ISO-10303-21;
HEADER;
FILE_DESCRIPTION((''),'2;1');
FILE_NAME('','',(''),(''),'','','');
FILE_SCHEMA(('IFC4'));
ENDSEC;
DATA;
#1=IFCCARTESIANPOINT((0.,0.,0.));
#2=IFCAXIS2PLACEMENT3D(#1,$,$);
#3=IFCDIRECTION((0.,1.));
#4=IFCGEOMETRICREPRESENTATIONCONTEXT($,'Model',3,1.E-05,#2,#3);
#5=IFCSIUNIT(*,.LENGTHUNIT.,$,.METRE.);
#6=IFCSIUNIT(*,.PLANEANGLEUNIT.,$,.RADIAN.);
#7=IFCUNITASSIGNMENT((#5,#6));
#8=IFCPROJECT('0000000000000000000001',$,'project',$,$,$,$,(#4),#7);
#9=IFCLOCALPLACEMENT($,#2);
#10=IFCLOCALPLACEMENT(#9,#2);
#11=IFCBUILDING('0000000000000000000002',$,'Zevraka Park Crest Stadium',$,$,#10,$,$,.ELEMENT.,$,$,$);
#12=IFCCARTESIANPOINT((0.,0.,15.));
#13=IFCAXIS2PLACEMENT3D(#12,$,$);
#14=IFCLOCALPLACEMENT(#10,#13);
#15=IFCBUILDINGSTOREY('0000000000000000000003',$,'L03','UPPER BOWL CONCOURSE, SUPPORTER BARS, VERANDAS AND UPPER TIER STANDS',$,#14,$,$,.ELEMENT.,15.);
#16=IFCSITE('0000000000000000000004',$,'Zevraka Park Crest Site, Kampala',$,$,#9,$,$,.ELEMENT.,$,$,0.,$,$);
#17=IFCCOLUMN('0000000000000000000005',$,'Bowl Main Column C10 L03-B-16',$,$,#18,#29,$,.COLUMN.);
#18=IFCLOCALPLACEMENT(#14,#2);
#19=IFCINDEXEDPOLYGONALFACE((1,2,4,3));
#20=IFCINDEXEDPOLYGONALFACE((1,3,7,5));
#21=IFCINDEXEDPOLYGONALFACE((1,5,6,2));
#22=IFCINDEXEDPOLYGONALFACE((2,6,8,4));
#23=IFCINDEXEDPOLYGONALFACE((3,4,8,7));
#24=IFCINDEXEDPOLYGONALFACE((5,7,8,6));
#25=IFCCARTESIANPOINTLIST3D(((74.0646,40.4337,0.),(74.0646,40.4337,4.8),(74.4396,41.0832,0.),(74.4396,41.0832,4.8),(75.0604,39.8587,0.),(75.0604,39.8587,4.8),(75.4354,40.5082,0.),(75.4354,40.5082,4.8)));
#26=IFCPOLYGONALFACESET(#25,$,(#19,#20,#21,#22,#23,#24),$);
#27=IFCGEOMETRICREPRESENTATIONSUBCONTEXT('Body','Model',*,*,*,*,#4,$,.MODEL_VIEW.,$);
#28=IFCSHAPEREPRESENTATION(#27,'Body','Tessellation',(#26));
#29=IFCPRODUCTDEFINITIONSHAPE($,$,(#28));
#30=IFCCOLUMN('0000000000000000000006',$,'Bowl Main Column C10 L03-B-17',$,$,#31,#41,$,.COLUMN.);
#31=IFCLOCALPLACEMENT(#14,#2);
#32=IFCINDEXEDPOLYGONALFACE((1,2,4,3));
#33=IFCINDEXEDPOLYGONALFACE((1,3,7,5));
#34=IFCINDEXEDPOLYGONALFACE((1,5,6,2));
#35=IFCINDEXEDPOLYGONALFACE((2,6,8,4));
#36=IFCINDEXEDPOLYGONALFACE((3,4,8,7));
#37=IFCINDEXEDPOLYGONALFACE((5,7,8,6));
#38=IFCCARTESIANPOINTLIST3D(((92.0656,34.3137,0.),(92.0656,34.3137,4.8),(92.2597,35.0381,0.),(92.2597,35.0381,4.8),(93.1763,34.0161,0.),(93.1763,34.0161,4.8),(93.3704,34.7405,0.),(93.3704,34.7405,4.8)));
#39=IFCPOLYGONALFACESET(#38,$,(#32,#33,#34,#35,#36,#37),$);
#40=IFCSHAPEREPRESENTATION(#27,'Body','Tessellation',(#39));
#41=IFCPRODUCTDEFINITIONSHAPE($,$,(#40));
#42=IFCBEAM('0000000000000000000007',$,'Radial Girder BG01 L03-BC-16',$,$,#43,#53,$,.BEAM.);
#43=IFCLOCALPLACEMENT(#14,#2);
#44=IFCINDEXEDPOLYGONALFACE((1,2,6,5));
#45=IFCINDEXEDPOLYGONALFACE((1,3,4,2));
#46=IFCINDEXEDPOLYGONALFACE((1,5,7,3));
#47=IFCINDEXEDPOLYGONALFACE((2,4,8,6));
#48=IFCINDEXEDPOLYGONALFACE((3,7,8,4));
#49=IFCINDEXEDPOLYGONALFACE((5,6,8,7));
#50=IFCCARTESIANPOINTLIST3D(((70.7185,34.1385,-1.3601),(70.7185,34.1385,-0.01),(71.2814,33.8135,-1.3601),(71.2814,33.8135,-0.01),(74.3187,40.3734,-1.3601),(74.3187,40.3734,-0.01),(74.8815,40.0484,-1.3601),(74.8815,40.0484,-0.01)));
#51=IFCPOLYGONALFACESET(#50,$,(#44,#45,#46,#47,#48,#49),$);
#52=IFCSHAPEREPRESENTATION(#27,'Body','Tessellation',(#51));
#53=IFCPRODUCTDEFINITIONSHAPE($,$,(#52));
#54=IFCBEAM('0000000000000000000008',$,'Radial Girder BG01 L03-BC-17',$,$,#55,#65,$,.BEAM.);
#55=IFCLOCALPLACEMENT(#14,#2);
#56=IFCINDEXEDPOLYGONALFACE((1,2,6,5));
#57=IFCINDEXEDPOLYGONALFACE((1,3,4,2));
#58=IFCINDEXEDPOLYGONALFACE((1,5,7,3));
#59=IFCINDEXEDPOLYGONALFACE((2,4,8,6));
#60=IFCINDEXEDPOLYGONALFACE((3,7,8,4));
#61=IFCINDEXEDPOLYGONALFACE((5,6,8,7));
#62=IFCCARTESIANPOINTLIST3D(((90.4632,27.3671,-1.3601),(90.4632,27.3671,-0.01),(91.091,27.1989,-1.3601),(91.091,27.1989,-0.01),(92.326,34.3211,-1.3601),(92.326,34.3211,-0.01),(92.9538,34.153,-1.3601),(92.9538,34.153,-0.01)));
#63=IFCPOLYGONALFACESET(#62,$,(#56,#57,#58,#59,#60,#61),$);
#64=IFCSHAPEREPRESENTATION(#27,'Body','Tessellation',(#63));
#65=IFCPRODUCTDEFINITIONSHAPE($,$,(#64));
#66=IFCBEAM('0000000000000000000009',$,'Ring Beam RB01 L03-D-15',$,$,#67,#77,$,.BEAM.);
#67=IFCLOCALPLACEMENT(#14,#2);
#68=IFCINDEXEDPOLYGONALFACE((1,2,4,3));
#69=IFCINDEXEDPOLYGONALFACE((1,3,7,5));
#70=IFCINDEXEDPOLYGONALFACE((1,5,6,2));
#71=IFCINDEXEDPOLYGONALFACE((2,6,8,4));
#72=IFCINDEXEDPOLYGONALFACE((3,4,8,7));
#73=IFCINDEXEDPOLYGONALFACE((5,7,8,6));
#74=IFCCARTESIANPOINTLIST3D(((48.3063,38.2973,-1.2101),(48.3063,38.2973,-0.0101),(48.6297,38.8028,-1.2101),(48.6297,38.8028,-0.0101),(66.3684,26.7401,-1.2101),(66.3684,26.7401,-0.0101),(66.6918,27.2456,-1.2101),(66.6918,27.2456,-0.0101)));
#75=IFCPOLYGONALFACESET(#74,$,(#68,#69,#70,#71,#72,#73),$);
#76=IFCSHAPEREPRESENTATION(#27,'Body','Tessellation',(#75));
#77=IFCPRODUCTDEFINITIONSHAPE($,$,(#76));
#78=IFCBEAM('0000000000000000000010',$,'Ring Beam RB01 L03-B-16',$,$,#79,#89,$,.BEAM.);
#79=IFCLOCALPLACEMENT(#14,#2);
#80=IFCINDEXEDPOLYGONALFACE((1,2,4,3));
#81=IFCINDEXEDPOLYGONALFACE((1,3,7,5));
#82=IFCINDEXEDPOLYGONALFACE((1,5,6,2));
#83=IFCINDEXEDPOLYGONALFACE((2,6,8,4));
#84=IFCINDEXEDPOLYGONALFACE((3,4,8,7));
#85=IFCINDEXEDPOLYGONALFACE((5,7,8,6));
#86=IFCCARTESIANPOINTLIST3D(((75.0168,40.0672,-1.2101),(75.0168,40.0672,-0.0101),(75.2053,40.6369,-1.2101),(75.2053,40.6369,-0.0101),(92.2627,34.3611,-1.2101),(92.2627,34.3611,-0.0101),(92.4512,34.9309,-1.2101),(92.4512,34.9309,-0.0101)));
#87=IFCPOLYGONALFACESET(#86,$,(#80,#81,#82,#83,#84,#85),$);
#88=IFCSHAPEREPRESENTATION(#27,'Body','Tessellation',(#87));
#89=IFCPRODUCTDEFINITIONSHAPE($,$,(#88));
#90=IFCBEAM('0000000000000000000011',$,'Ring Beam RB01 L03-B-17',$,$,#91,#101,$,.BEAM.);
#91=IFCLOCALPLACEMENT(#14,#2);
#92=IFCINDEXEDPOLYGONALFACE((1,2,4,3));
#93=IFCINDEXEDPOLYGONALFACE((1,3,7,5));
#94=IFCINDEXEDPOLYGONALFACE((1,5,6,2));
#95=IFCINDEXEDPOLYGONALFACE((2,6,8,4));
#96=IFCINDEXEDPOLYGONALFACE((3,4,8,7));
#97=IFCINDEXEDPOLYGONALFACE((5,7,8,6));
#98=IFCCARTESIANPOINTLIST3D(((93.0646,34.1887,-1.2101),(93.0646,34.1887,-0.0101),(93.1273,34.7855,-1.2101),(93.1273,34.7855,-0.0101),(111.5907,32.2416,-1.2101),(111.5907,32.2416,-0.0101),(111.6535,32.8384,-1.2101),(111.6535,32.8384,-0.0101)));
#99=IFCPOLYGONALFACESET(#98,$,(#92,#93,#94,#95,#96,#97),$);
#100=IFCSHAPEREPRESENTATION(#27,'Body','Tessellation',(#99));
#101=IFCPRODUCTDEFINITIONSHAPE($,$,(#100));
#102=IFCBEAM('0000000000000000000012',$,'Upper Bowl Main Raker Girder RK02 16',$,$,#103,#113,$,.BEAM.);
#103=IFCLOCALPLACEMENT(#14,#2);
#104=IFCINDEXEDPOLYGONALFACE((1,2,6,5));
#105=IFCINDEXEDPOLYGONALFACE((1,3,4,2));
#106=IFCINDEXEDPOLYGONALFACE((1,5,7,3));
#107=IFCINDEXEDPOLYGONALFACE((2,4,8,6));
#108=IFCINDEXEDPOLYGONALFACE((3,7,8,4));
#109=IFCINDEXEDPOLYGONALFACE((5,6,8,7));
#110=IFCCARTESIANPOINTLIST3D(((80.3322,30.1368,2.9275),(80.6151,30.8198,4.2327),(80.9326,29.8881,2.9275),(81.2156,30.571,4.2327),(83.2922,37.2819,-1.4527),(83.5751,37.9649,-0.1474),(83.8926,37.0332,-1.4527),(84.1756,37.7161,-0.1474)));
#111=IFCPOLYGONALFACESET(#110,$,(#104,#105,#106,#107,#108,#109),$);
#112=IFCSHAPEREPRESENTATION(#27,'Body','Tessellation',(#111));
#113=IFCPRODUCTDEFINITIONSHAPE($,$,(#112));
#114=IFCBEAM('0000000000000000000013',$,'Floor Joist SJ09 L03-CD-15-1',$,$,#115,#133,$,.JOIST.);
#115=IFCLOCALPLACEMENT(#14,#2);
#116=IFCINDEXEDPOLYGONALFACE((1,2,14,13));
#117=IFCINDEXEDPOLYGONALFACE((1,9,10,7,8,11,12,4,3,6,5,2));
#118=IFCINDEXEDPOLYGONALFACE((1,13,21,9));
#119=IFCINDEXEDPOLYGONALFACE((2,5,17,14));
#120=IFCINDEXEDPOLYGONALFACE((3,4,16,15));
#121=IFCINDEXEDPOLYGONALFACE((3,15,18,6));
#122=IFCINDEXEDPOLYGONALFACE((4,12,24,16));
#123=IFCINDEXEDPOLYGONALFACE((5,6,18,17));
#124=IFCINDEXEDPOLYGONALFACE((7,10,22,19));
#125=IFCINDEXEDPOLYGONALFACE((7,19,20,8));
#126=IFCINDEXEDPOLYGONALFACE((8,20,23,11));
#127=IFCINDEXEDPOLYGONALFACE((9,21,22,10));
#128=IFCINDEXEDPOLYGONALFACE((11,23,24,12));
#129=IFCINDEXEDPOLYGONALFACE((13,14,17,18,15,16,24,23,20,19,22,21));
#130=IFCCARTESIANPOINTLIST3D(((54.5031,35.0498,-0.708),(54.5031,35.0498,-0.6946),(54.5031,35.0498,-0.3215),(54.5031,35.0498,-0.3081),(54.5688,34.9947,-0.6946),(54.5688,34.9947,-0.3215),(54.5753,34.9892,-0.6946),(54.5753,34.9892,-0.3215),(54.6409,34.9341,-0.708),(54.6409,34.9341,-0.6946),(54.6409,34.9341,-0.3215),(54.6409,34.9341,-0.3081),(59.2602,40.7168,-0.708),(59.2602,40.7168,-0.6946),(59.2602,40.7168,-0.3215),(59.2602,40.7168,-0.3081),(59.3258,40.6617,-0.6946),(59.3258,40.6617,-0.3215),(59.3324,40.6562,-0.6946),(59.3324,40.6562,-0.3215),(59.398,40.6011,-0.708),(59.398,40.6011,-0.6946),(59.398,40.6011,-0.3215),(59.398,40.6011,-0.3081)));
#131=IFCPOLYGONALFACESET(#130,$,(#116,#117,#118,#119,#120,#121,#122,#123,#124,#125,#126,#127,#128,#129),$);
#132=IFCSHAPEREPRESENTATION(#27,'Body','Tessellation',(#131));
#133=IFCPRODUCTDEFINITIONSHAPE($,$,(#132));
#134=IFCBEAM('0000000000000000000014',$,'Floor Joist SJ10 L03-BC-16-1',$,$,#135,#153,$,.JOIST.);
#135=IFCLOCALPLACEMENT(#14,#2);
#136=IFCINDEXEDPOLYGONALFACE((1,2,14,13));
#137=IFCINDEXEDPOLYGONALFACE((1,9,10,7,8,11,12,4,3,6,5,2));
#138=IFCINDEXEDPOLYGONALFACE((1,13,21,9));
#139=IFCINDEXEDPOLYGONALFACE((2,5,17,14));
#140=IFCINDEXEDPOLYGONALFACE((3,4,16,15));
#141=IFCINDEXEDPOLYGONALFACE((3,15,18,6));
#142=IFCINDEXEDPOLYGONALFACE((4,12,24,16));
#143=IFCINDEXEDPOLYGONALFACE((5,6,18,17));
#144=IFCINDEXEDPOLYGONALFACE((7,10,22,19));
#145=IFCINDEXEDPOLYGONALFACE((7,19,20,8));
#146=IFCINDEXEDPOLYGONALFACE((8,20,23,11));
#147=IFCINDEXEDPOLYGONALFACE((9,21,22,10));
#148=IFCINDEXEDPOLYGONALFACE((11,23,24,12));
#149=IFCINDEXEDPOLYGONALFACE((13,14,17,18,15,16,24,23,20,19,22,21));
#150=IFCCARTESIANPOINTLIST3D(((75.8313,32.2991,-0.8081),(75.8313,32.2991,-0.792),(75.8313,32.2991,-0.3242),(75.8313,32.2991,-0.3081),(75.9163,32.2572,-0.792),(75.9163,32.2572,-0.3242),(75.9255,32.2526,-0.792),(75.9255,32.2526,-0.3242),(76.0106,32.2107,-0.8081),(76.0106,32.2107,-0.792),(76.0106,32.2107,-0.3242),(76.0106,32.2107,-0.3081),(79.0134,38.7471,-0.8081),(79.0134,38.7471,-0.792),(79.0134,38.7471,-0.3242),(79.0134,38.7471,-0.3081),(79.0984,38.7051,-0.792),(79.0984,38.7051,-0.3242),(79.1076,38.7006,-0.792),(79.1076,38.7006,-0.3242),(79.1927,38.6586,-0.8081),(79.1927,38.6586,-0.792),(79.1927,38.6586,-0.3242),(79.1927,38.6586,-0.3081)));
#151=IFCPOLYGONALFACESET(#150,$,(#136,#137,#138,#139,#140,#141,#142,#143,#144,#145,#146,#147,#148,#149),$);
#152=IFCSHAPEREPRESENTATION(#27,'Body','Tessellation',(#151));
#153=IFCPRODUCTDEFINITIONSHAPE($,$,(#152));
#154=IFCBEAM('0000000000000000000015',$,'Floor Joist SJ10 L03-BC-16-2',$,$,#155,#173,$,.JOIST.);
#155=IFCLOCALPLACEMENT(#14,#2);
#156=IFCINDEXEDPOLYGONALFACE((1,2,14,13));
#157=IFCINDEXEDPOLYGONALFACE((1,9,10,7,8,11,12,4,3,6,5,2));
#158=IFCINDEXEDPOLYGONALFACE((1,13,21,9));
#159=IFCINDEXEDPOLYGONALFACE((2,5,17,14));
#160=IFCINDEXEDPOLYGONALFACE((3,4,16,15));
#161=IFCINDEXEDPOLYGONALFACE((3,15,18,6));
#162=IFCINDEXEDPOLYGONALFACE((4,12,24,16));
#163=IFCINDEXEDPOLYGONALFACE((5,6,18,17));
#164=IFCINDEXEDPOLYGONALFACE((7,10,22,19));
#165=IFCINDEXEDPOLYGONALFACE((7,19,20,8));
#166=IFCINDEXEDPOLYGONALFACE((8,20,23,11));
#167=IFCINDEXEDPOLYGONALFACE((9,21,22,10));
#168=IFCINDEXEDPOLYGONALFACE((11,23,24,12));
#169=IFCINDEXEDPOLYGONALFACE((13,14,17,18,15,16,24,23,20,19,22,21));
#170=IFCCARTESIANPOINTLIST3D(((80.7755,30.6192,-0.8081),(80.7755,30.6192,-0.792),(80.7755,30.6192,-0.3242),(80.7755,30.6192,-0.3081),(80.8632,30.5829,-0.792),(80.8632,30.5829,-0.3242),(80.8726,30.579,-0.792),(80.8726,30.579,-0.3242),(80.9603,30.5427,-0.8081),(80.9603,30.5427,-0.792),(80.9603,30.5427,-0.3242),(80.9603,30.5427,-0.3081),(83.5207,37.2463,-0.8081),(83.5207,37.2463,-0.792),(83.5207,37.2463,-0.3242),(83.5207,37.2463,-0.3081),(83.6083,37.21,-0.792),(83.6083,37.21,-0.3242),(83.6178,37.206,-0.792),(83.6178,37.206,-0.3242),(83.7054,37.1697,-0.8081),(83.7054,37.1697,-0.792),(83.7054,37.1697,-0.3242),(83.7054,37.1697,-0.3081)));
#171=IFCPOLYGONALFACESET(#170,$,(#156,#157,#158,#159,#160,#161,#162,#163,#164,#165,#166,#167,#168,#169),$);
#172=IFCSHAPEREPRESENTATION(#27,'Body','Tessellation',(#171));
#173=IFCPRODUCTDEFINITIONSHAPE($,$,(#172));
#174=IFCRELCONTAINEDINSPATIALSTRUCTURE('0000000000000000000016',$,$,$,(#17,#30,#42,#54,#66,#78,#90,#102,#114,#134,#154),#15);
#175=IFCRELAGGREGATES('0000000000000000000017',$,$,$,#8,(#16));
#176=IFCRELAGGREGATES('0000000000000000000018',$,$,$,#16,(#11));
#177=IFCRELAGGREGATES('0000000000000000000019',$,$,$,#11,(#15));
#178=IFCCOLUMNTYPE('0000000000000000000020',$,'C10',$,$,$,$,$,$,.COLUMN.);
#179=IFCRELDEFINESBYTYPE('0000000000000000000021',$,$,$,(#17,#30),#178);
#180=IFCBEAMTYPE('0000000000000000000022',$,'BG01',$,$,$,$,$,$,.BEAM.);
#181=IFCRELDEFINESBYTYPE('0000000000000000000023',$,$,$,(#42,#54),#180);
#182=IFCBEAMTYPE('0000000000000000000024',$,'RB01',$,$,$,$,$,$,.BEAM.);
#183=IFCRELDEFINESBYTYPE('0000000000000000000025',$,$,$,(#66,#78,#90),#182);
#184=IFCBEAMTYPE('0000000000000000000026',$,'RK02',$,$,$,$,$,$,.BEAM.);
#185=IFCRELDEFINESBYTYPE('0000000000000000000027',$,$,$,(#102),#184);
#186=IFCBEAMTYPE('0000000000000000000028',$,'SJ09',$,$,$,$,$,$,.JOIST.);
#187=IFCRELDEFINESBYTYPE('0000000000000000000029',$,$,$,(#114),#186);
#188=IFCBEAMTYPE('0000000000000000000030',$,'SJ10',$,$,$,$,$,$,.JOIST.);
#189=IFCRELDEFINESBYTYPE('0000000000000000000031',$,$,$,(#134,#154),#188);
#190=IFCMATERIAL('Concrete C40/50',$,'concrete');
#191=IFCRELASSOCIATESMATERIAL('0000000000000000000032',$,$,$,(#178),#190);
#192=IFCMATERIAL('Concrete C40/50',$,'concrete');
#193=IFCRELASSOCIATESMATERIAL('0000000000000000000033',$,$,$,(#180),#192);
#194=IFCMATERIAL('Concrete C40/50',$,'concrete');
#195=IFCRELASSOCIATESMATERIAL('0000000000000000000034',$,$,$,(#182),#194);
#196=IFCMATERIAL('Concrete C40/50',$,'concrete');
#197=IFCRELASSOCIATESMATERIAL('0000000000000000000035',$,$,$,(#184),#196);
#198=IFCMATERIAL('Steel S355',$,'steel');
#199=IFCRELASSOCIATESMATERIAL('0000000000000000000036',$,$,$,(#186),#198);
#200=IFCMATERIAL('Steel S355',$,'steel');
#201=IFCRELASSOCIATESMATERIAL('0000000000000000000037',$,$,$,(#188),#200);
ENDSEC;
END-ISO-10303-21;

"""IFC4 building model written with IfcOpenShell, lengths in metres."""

from ifc_helpers import new_model, si_unit, direction, frame, origin, origin_2d, place, context, subcontext, project, spatial, rectangle, i_section, extrude, material, material_profile, profile_set, type_object, element, save


model = new_model("IFC4")

# Units and contexts
model_context = context("Model", 3, precision=1e-05, world=origin(), true_north=direction((0.0, 1.0)))
body_context = subcontext(model_context, "Body", "Model", "MODEL_VIEW")
ifc_project = project(units=[si_unit("LENGTHUNIT", "METRE"), si_unit("PLANEANGLEUNIT", "RADIAN")], contexts=[model_context])

# Site, building, storey
site_placement = place(None, origin())
site = spatial("IfcSite", under=ifc_project, at=site_placement, Name="Zevraka Park Crest Site, Kampala", CompositionType="ELEMENT", RefElevation=0.0)
building_placement = place(site_placement, origin())
building = spatial("IfcBuilding", under=site, at=building_placement, Name="Zevraka Park Crest Stadium", CompositionType="ELEMENT")
storey_placement = place(building_placement, frame((0.0, 0.0, 15.0)))
storey = spatial("IfcBuildingStorey", under=building, at=storey_placement, Name="L03", Description="UPPER BOWL CONCOURSE, SUPPORTER BARS, VERANDAS AND UPPER TIER STANDS", CompositionType="ELEMENT", Elevation=15.0)

# Columns
ifc_material_1 = material(Name="Concrete C40/50", Category="concrete")
ifc_material_profile_1 = material_profile(ifc_material_1, rectangle(XDim=0.75, YDim=1.1499, at=origin_2d()), Name="RC 1150x750")
ifc_profile_set_1 = profile_set([ifc_material_profile_1], Name="Concrete C40/50")
column_type = type_object("IfcColumnType", Name="C10", PredefinedType="COLUMN", material=ifc_profile_set_1)
for number, where, z_axis, x_axis, name in (
    (1, (74.75, 40.4709, 0.0), (0.0, 0.0, 1.0), (0.5, 0.866025, 0.0), "Bowl Main Column C10 L03-B-16"),
    (2, (92.718, 34.5271, 0.0), (0.0, 0.0, 1.0), (0.258819, 0.965926, 0.0), "Bowl Main Column C10 L03-B-17"),
):
    element("IfcColumn", number, at=place(storey_placement, frame(where, z_axis=z_axis, x_axis=x_axis)), inside=storey, type_object=column_type, Name=name, PredefinedType="COLUMN", context=body_context, shape_type="SweptSolid", body=[
        extrude(rectangle(XDim=0.75, YDim=1.1499, at=origin_2d()), origin(), (0.0, 0.0, 1.0), 4.8),
    ])

# Beams
ifc_material_2 = material(Name="Concrete C40/50", Category="concrete")
ifc_material_profile_2 = material_profile(ifc_material_2, rectangle(XDim=0.6499, YDim=1.3501, at=origin_2d()), Name="RC 1350x650")
ifc_profile_set_2 = profile_set([ifc_material_profile_2], Name="Concrete C40/50")
beam_type_1 = type_object("IfcBeamType", Name="BG01", PredefinedType="BEAM", material=ifc_profile_set_2)
beam_1_placement = place(storey_placement, frame((74.6001, 40.2109, -0.6851), z_axis=(-0.500041, -0.866001, 0.0), x_axis=(0.866001, -0.500041, 0.0)))
element("IfcBeam", 3, at=beam_1_placement, inside=storey, type_object=beam_type_1, Name="Radial Girder BG01 L03-BC-16", PredefinedType="BEAM", context=body_context, shape_type="SweptSolid", body=[
    extrude(rectangle(XDim=0.6499, YDim=1.3501, at=origin_2d()), origin(), (0.0, 0.0, 1.0), 7.1997),
])
beam_2_placement = place(storey_placement, frame((92.6399, 34.2371, -0.6851), z_axis=(-0.258747, -0.965945, 0.0), x_axis=(0.965945, -0.258747, 0.0)))
element("IfcBeam", 4, at=beam_2_placement, inside=storey, type_object=beam_type_1, Name="Radial Girder BG01 L03-BC-17", PredefinedType="BEAM", context=body_context, shape_type="SweptSolid", body=[
    extrude(rectangle(XDim=0.6499, YDim=1.3501, at=origin_2d()), origin(), (0.0, 0.0, 1.0), 7.1992),
])
ifc_material_3 = material(Name="Concrete C40/50", Category="concrete")
ifc_material_profile_3 = material_profile(ifc_material_3, rectangle(XDim=0.6001, YDim=1.2, at=origin_2d()), Name="RC 1200x600")
ifc_profile_set_3 = profile_set([ifc_material_profile_3], Name="Concrete C40/50")
beam_type_2 = type_object("IfcBeamType", Name="RB01", PredefinedType="BEAM", material=ifc_profile_set_3)
beam_3_placement = place(storey_placement, frame((48.468, 38.55, -0.6101), z_axis=(0.842326, -0.538969, 0.0), x_axis=(0.538969, 0.842326, 0.0)))
element("IfcBeam", 5, at=beam_3_placement, inside=storey, type_object=beam_type_2, Name="Ring Beam RB01 L03-D-15", PredefinedType="BEAM", context=body_context, shape_type="SweptSolid", body=[
    extrude(rectangle(XDim=0.6001, YDim=1.2, at=origin_2d()), origin(), (0.0, 0.0, 1.0), 21.4431),
])
beam_4_placement = place(storey_placement, frame((75.1111, 40.3521, -0.6101), z_axis=(0.949384, -0.314118, 0.0), x_axis=(0.314118, 0.949384, 0.0)))
element("IfcBeam", 6, at=beam_4_placement, inside=storey, type_object=beam_type_2, Name="Ring Beam RB01 L03-B-16", PredefinedType="BEAM", context=body_context, shape_type="SweptSolid", body=[
    extrude(rectangle(XDim=0.6001, YDim=1.2, at=origin_2d()), origin(), (0.0, 0.0, 1.0), 18.1653),
])
beam_5_placement = place(storey_placement, frame((93.0959, 34.4871, -0.6101), z_axis=(0.994523, -0.10452, 0.0), x_axis=(0.10452, 0.994523, 0.0)))
element("IfcBeam", 7, at=beam_5_placement, inside=storey, type_object=beam_type_2, Name="Ring Beam RB01 L03-B-17", PredefinedType="BEAM", context=body_context, shape_type="SweptSolid", body=[
    extrude(rectangle(XDim=0.6001, YDim=1.2, at=origin_2d()), origin(), (0.0, 0.0, 1.0), 18.6282),
])
ifc_material_4 = material(Name="Concrete C40/50", Category="concrete")
ifc_material_profile_4 = material_profile(ifc_material_4, rectangle(XDim=0.6499, YDim=1.5, at=origin_2d()), Name="RC 1500x650")
ifc_profile_set_4 = profile_set([ifc_material_profile_4], Name="Concrete C40/50")
beam_type_3 = type_object("IfcBeamType", Name="RK02", PredefinedType="BEAM", material=ifc_profile_set_4)
beam_6_placement = place(storey_placement, frame((83.7339, 37.499, -0.8), z_axis=(-0.333025, -0.803887, 0.492808), x_axis=(0.923861, -0.382727, 0.0)))
element("IfcBeam", 8, at=beam_6_placement, inside=storey, type_object=beam_type_3, Name="Upper Bowl Main Raker Girder RK02 16", PredefinedType="BEAM", context=body_context, shape_type="SweptSolid", body=[
    extrude(rectangle(XDim=0.6499, YDim=1.5, at=origin_2d()), origin(), (0.0, 0.0, 1.0), 8.8882),
])
ifc_material_5 = material(Name="Steel S355", Category="steel")
ifc_material_profile_5 = material_profile(ifc_material_5, i_section(OverallWidth=0.1799, OverallDepth=0.3999, WebThickness=0.0085, FlangeThickness=0.0134, at=origin_2d()), Name="IPE 400")
ifc_profile_set_5 = profile_set([ifc_material_profile_5], Name="Steel S355")
beam_type_4 = type_object("IfcBeamType", Name="SJ09", PredefinedType="JOIST", material=ifc_profile_set_5)
beam_7_placement = place(storey_placement, frame((59.3291, 40.6589, -0.5081), z_axis=(-0.642939, -0.765917, 0.0), x_axis=(0.765917, -0.642939, 0.0)))
element("IfcBeam", 9, at=beam_7_placement, inside=storey, type_object=beam_type_4, Name="Floor Joist SJ09 L03-CD-15-1", PredefinedType="JOIST", context=body_context, shape_type="SweptSolid", body=[
    extrude(i_section(OverallWidth=0.1799, OverallDepth=0.3999, WebThickness=0.0085, FlangeThickness=0.0134, at=origin_2d()), origin(), (0.0, 0.0, 1.0), 7.3989),
])
ifc_material_6 = material(Name="Steel S355", Category="steel")
ifc_material_profile_6 = material_profile(ifc_material_6, i_section(OverallWidth=0.2, OverallDepth=0.5, WebThickness=0.0103, FlangeThickness=0.0161, at=origin_2d()), Name="IPE 500")
ifc_profile_set_6 = profile_set([ifc_material_profile_6], Name="Steel S355")
beam_type_5 = type_object("IfcBeamType", Name="SJ10", PredefinedType="JOIST", material=ifc_profile_set_6)
beam_8_placement = place(storey_placement, frame((79.103, 38.7029, -0.5581), z_axis=(-0.442549, -0.896744, 0.0), x_axis=(0.896744, -0.442549, 0.0)))
element("IfcBeam", 10, at=beam_8_placement, inside=storey, type_object=beam_type_5, Name="Floor Joist SJ10 L03-BC-16-1", PredefinedType="JOIST", context=body_context, shape_type="SweptSolid", body=[
    extrude(i_section(OverallWidth=0.2, OverallDepth=0.5, WebThickness=0.0103, FlangeThickness=0.0161, at=origin_2d()), origin(), (0.0, 0.0, 1.0), 7.1904),
])
beam_9_placement = place(storey_placement, frame((83.613, 37.208, -0.5581), z_axis=(-0.3827, -0.923872, 0.0), x_axis=(0.923872, -0.3827, 0.0)))
element("IfcBeam", 11, at=beam_9_placement, inside=storey, type_object=beam_type_5, Name="Floor Joist SJ10 L03-BC-16-2", PredefinedType="JOIST", context=body_context, shape_type="SweptSolid", body=[
    extrude(i_section(OverallWidth=0.2, OverallDepth=0.5, WebThickness=0.0103, FlangeThickness=0.0161, at=origin_2d()), origin(), (0.0, 0.0, 1.0), 7.1731),
])

save(model, "model.ifc")
